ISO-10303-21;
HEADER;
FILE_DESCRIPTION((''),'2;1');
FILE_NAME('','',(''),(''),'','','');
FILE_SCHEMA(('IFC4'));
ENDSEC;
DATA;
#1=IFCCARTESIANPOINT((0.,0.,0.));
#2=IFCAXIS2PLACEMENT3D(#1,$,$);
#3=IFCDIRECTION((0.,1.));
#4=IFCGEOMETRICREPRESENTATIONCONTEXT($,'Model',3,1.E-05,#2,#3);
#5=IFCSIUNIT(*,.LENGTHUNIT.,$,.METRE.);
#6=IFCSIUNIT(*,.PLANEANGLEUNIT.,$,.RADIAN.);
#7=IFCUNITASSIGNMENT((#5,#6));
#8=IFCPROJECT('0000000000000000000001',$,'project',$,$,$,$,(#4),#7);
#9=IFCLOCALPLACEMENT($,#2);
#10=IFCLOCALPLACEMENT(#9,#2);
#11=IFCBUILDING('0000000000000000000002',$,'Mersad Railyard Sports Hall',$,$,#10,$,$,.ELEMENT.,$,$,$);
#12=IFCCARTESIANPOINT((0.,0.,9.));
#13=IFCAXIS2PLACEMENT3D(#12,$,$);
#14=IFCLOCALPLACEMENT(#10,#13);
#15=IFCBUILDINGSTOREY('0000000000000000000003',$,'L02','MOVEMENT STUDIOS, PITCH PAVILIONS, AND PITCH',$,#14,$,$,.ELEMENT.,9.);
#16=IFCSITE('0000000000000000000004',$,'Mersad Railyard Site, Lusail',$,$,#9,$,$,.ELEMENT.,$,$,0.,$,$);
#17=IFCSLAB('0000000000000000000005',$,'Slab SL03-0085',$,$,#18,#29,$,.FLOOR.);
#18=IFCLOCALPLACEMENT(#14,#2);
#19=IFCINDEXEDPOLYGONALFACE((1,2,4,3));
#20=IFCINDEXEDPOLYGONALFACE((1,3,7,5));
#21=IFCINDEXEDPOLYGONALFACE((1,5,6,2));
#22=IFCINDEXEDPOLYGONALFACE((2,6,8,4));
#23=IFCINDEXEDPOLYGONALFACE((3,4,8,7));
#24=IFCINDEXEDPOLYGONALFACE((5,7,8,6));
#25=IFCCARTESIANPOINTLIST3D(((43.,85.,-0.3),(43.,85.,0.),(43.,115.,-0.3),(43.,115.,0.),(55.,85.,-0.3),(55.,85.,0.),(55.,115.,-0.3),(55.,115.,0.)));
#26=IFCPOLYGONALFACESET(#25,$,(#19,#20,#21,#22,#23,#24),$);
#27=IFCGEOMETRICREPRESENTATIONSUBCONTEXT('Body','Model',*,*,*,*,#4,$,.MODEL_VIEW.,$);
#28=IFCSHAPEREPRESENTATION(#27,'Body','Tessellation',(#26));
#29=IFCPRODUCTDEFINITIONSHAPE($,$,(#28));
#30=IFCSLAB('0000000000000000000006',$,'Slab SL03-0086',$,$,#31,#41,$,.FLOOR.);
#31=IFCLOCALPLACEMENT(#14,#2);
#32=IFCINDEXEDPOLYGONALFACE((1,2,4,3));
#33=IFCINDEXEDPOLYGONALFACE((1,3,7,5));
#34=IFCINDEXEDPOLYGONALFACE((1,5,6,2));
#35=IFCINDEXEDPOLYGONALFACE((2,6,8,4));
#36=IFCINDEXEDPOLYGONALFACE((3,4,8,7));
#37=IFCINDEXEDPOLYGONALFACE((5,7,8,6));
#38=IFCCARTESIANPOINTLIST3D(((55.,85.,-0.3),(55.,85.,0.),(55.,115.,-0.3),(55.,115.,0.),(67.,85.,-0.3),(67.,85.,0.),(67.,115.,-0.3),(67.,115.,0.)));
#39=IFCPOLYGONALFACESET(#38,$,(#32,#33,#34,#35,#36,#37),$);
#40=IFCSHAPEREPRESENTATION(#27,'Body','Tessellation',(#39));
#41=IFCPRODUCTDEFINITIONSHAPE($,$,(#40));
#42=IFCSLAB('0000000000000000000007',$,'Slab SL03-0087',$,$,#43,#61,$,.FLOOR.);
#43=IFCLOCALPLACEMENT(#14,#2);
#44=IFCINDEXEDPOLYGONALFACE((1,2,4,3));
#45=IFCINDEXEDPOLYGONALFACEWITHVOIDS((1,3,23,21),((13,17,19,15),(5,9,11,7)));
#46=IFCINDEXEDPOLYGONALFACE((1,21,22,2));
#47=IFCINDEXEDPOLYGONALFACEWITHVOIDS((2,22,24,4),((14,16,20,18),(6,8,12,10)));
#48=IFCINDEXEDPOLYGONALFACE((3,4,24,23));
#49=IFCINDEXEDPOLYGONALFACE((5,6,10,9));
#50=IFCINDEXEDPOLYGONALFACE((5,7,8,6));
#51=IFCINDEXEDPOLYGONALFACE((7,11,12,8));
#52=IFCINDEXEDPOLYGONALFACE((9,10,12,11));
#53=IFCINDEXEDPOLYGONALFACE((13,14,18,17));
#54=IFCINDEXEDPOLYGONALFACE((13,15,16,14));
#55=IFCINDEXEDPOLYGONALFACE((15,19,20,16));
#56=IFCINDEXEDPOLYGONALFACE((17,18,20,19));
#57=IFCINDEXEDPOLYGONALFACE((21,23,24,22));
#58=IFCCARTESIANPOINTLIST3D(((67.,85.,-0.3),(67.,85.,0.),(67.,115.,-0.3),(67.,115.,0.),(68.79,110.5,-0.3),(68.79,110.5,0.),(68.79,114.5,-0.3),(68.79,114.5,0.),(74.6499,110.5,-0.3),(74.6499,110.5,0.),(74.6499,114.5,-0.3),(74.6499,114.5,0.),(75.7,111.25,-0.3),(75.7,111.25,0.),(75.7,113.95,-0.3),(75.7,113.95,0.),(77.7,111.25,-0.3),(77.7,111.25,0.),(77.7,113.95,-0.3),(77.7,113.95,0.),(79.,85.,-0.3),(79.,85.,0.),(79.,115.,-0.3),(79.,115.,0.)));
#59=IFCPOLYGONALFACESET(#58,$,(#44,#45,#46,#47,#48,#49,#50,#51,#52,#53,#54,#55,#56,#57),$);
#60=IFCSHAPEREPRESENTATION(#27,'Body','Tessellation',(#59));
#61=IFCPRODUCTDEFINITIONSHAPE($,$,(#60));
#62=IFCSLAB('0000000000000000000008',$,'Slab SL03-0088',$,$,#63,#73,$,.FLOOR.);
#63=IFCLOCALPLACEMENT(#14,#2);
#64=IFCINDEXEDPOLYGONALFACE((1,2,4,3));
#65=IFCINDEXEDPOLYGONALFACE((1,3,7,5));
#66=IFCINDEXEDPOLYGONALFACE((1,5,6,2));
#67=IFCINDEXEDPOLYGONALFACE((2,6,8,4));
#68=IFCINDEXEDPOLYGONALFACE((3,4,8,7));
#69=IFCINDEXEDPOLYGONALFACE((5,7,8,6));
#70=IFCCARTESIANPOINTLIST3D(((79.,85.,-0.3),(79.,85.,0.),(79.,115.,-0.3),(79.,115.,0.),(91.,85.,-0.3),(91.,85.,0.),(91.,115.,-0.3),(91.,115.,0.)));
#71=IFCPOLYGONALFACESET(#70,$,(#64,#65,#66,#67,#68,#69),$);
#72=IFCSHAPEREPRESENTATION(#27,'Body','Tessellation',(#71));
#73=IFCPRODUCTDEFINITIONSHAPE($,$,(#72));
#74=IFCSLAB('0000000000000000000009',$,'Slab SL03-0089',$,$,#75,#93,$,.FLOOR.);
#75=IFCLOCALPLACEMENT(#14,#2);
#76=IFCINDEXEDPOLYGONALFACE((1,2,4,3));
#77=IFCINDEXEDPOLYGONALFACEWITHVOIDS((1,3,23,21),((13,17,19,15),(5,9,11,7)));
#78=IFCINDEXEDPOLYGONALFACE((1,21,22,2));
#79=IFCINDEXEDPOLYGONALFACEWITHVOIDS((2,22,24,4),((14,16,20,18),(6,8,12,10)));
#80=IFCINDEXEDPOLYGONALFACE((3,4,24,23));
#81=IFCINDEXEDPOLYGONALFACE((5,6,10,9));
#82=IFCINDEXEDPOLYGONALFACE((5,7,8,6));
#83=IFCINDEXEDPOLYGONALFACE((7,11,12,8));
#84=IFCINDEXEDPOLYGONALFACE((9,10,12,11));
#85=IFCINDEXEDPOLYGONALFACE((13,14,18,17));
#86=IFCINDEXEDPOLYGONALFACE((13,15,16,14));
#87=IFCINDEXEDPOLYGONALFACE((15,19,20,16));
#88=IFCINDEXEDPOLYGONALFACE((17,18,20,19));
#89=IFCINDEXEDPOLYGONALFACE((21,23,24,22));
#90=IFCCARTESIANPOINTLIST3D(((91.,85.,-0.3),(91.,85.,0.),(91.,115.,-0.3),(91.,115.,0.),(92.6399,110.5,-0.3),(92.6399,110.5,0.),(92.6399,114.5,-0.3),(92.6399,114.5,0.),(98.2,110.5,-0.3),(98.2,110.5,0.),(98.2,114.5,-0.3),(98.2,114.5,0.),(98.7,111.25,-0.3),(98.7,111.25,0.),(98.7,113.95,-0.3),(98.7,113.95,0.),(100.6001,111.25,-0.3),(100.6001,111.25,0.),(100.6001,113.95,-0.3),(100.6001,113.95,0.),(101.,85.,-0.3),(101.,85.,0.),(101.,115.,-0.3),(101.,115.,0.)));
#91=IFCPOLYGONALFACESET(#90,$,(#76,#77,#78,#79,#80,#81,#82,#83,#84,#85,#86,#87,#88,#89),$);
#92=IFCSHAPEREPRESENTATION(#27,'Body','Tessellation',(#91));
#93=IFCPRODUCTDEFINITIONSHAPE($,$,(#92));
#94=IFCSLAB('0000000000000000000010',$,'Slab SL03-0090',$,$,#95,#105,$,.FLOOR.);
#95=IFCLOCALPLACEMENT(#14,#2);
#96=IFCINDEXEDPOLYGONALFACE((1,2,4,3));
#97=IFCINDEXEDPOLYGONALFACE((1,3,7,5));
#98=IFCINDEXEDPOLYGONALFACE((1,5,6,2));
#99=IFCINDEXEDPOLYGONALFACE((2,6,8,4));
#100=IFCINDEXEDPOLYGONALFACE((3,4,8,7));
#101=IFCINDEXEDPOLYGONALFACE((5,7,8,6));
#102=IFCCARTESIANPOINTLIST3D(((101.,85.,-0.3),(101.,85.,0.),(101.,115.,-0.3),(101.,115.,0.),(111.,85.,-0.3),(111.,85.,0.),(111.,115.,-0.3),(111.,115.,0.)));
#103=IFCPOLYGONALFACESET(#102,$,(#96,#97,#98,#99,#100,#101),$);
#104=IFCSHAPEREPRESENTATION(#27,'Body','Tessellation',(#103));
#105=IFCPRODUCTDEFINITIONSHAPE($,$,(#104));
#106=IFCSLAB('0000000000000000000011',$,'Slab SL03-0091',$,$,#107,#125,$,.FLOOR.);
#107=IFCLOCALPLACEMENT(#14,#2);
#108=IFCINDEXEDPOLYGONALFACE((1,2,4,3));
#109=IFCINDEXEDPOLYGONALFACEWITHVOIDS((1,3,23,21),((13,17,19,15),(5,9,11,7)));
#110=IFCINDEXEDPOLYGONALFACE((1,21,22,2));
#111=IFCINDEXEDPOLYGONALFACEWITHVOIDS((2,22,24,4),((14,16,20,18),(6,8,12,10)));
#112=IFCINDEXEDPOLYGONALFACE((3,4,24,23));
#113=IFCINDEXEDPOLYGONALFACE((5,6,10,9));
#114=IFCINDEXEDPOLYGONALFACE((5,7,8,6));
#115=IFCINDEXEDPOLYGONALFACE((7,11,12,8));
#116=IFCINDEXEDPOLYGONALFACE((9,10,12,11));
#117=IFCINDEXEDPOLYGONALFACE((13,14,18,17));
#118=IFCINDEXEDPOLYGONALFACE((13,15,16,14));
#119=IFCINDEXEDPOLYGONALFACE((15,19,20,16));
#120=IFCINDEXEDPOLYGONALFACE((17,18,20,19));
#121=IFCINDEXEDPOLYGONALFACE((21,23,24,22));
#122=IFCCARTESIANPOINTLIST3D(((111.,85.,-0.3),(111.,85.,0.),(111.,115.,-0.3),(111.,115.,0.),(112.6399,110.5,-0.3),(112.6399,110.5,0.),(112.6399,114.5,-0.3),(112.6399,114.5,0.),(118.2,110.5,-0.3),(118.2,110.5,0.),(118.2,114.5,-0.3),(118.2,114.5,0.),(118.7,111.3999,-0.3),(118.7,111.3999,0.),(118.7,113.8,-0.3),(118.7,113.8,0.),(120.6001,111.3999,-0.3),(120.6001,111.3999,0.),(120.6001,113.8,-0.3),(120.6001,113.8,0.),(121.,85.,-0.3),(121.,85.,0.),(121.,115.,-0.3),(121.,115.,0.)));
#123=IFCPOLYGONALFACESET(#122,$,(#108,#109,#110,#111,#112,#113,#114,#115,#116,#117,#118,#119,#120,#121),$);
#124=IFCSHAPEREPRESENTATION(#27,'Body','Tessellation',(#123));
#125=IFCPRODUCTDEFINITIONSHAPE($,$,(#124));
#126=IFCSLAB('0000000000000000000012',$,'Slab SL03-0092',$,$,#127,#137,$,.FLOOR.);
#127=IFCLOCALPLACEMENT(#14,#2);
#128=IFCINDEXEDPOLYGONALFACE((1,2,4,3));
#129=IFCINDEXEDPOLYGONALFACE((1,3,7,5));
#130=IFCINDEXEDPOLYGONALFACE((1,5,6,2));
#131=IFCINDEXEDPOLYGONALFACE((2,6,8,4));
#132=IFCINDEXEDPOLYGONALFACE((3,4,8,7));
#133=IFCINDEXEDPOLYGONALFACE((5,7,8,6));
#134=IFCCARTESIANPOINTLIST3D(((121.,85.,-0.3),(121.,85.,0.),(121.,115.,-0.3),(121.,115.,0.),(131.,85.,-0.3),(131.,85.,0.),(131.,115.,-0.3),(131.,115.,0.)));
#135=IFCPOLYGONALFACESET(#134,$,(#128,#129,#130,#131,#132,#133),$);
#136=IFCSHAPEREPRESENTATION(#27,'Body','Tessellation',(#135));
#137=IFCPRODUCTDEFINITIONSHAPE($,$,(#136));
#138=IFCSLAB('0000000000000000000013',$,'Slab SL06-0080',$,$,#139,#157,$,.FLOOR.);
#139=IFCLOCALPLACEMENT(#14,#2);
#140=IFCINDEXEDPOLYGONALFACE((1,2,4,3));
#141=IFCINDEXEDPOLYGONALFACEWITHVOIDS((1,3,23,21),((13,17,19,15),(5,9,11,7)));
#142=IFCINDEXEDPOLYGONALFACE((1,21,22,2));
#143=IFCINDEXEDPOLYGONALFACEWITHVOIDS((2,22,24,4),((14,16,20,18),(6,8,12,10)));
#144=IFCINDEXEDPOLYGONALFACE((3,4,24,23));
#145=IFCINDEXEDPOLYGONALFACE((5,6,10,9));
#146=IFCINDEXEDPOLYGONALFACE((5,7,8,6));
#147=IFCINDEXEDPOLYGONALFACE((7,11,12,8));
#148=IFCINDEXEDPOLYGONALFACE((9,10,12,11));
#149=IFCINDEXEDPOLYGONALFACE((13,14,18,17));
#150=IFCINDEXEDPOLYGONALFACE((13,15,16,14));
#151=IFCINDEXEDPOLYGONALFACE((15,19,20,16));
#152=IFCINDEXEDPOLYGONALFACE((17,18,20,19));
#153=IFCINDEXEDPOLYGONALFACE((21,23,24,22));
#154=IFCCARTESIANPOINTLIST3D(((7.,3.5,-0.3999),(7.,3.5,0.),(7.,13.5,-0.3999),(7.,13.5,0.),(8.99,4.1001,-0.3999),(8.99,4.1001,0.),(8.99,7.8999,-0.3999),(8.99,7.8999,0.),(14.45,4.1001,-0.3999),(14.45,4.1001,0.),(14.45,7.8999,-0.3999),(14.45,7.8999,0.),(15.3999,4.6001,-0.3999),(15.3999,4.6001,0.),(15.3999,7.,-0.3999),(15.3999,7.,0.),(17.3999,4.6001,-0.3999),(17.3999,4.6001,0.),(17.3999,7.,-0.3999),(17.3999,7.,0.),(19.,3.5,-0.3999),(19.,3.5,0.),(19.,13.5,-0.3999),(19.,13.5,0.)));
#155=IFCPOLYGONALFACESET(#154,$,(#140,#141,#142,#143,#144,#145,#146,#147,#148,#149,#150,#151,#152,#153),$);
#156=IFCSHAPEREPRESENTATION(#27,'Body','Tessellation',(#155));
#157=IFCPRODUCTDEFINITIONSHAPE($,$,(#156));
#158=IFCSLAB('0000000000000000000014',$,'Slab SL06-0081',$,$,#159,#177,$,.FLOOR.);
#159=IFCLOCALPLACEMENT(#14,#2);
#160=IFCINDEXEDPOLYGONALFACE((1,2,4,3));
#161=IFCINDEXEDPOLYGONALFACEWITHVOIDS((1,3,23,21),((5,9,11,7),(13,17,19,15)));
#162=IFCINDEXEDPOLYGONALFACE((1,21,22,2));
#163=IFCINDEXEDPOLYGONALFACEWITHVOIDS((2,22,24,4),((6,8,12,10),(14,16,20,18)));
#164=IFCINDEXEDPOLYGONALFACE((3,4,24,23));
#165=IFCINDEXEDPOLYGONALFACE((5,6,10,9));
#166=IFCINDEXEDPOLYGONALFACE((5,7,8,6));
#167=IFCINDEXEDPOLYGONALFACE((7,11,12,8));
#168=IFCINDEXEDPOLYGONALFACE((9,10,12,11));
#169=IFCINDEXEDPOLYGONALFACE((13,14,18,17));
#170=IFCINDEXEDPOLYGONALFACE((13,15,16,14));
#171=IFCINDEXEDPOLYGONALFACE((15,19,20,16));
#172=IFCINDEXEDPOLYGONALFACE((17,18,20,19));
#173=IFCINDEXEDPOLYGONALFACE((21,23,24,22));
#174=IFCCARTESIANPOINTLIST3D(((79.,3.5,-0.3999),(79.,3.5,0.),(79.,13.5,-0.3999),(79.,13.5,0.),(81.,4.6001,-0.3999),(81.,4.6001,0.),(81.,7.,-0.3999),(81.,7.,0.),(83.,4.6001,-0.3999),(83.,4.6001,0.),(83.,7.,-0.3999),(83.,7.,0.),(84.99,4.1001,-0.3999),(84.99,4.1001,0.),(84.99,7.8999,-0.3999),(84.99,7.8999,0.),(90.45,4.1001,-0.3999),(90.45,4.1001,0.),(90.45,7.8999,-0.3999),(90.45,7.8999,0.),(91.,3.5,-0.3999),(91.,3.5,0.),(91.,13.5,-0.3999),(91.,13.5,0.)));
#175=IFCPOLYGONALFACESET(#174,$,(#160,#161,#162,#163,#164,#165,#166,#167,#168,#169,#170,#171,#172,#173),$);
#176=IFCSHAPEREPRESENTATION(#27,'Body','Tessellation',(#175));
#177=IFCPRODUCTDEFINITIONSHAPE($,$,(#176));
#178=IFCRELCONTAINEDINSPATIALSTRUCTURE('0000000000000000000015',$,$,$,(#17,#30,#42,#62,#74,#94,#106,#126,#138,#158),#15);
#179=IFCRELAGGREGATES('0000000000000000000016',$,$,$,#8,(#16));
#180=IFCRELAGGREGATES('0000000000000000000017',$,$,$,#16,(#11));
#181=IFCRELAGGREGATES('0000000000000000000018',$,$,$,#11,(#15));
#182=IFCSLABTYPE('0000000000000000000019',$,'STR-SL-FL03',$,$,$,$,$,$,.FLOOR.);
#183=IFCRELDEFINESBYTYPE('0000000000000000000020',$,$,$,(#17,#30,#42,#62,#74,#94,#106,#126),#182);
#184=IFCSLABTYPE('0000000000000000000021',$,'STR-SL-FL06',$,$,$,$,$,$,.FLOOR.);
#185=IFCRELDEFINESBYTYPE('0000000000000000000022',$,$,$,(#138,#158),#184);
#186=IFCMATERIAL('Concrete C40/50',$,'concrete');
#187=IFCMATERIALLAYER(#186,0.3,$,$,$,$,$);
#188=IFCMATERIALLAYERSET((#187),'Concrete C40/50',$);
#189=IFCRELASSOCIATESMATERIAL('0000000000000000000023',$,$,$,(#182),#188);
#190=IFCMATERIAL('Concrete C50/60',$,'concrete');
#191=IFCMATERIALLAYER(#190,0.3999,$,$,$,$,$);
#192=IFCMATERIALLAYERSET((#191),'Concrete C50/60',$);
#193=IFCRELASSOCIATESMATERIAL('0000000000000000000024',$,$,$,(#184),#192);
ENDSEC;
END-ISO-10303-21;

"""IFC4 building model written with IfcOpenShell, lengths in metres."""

from ifc_helpers import new_model, si_unit, direction, frame, origin, place, context, subcontext, project, spatial, polyline, outline, extrude, material, layer, layer_set, type_object, element, save


model = new_model("IFC4")

# Units and contexts
model_context = context("Model", 3, precision=1e-05, world=origin(), true_north=direction((0.0, 1.0)))
body_context = subcontext(model_context, "Body", "Model", "MODEL_VIEW")
ifc_project = project(units=[si_unit("LENGTHUNIT", "METRE"), si_unit("PLANEANGLEUNIT", "RADIAN")], contexts=[model_context])

# Site, building, storey
site_placement = place(None, origin())
site = spatial("IfcSite", under=ifc_project, at=site_placement, Name="Mersad Railyard Site, Lusail", CompositionType="ELEMENT", RefElevation=0.0)
building_placement = place(site_placement, origin())
building = spatial("IfcBuilding", under=site, at=building_placement, Name="Mersad Railyard Sports Hall", CompositionType="ELEMENT")
storey_placement = place(building_placement, frame((0.0, 0.0, 9.0)))
storey = spatial("IfcBuildingStorey", under=building, at=storey_placement, Name="L02", Description="MOVEMENT STUDIOS, PITCH PAVILIONS, AND PITCH", CompositionType="ELEMENT", Elevation=9.0)

# Slabs
ifc_material_1 = material(Name="Concrete C40/50", Category="concrete")
ifc_layer_1 = layer(ifc_material_1, 0.3)
ifc_layer_set_1 = layer_set([ifc_layer_1], Name="Concrete C40/50")
slab_type_1 = type_object("IfcSlabType", Name="STR-SL-FL03", PredefinedType="FLOOR", material=ifc_layer_set_1)
slab_1_placement = place(storey_placement, frame((0.0, 0.0, -0.3)))
element("IfcSlab", 1, at=slab_1_placement, inside=storey, type_object=slab_type_1, Name="Slab SL03-0085", PredefinedType="FLOOR", context=body_context, shape_type="SweptSolid", body=[
    extrude(outline(polyline([(43.0, 85.0), (55.0, 85.0), (55.0, 115.0), (43.0, 115.0), (43.0, 85.0)])), origin(), (0.0, 0.0, 1.0), 0.3),
])
slab_2_placement = place(storey_placement, frame((0.0, 0.0, -0.3)))
element("IfcSlab", 2, at=slab_2_placement, inside=storey, type_object=slab_type_1, Name="Slab SL03-0086", PredefinedType="FLOOR", context=body_context, shape_type="SweptSolid", body=[
    extrude(outline(polyline([(55.0, 85.0), (67.0, 85.0), (67.0, 115.0), (55.0, 115.0), (55.0, 85.0)])), origin(), (0.0, 0.0, 1.0), 0.3),
])
slab_3_placement = place(storey_placement, frame((0.0, 0.0, -0.3)))
element("IfcSlab", 3, at=slab_3_placement, inside=storey, type_object=slab_type_1, Name="Slab SL03-0087", PredefinedType="FLOOR", context=body_context, shape_type="SweptSolid", body=[
    extrude(outline(polyline([(67.0, 85.0), (79.0, 85.0), (79.0, 115.0), (67.0, 115.0), (67.0, 85.0)]), holes=[polyline([(68.79, 110.5), (74.6499, 110.5), (74.6499, 114.5), (68.79, 114.5), (68.79, 110.5)]), polyline([(75.7, 111.25), (77.7, 111.25), (77.7, 113.95), (75.7, 113.95), (75.7, 111.25)])]), origin(), (0.0, 0.0, 1.0), 0.3),
])
slab_4_placement = place(storey_placement, frame((0.0, 0.0, -0.3)))
element("IfcSlab", 4, at=slab_4_placement, inside=storey, type_object=slab_type_1, Name="Slab SL03-0088", PredefinedType="FLOOR", context=body_context, shape_type="SweptSolid", body=[
    extrude(outline(polyline([(79.0, 85.0), (91.0, 85.0), (91.0, 115.0), (79.0, 115.0), (79.0, 85.0)])), origin(), (0.0, 0.0, 1.0), 0.3),
])
slab_5_placement = place(storey_placement, frame((0.0, 0.0, -0.3)))
element("IfcSlab", 5, at=slab_5_placement, inside=storey, type_object=slab_type_1, Name="Slab SL03-0089", PredefinedType="FLOOR", context=body_context, shape_type="SweptSolid", body=[
    extrude(outline(polyline([(91.0, 85.0), (101.0, 85.0), (101.0, 115.0), (91.0, 115.0), (91.0, 85.0)]), holes=[polyline([(92.6399, 110.5), (98.2, 110.5), (98.2, 114.5), (92.6399, 114.5), (92.6399, 110.5)]), polyline([(98.7, 111.25), (100.6001, 111.25), (100.6001, 113.95), (98.7, 113.95), (98.7, 111.25)])]), origin(), (0.0, 0.0, 1.0), 0.3),
])
slab_6_placement = place(storey_placement, frame((0.0, 0.0, -0.3)))
element("IfcSlab", 6, at=slab_6_placement, inside=storey, type_object=slab_type_1, Name="Slab SL03-0090", PredefinedType="FLOOR", context=body_context, shape_type="SweptSolid", body=[
    extrude(outline(polyline([(101.0, 85.0), (111.0, 85.0), (111.0, 115.0), (101.0, 115.0), (101.0, 85.0)])), origin(), (0.0, 0.0, 1.0), 0.3),
])
slab_7_placement = place(storey_placement, frame((0.0, 0.0, -0.3)))
element("IfcSlab", 7, at=slab_7_placement, inside=storey, type_object=slab_type_1, Name="Slab SL03-0091", PredefinedType="FLOOR", context=body_context, shape_type="SweptSolid", body=[
    extrude(outline(polyline([(111.0, 85.0), (121.0, 85.0), (121.0, 115.0), (111.0, 115.0), (111.0, 85.0)]), holes=[polyline([(112.6399, 110.5), (118.2, 110.5), (118.2, 114.5), (112.6399, 114.5), (112.6399, 110.5)]), polyline([(118.7, 111.3999), (120.6001, 111.3999), (120.6001, 113.8), (118.7, 113.8), (118.7, 111.3999)])]), origin(), (0.0, 0.0, 1.0), 0.3),
])
slab_8_placement = place(storey_placement, frame((0.0, 0.0, -0.3)))
element("IfcSlab", 8, at=slab_8_placement, inside=storey, type_object=slab_type_1, Name="Slab SL03-0092", PredefinedType="FLOOR", context=body_context, shape_type="SweptSolid", body=[
    extrude(outline(polyline([(121.0, 85.0), (131.0, 85.0), (131.0, 115.0), (121.0, 115.0), (121.0, 85.0)])), origin(), (0.0, 0.0, 1.0), 0.3),
])
ifc_material_2 = material(Name="Concrete C50/60", Category="concrete")
ifc_layer_2 = layer(ifc_material_2, 0.3999)
ifc_layer_set_2 = layer_set([ifc_layer_2], Name="Concrete C50/60")
slab_type_2 = type_object("IfcSlabType", Name="STR-SL-FL06", PredefinedType="FLOOR", material=ifc_layer_set_2)
slab_9_placement = place(storey_placement, frame((0.0, 0.0, -0.3999)))
element("IfcSlab", 9, at=slab_9_placement, inside=storey, type_object=slab_type_2, Name="Slab SL06-0080", PredefinedType="FLOOR", context=body_context, shape_type="SweptSolid", body=[
    extrude(outline(polyline([(7.0, 3.5), (19.0, 3.5), (19.0, 13.5), (7.0, 13.5), (7.0, 3.5)]), holes=[polyline([(8.99, 4.1001), (14.45, 4.1001), (14.45, 7.8999), (8.99, 7.8999), (8.99, 4.1001)]), polyline([(15.3999, 4.6001), (17.3999, 4.6001), (17.3999, 7.0), (15.3999, 7.0), (15.3999, 4.6001)])]), origin(), (0.0, 0.0, 1.0), 0.3999),
])
slab_10_placement = place(storey_placement, frame((0.0, 0.0, -0.3999)))
element("IfcSlab", 10, at=slab_10_placement, inside=storey, type_object=slab_type_2, Name="Slab SL06-0081", PredefinedType="FLOOR", context=body_context, shape_type="SweptSolid", body=[
    extrude(outline(polyline([(79.0, 3.5), (91.0, 3.5), (91.0, 13.5), (79.0, 13.5), (79.0, 3.5)]), holes=[polyline([(84.99, 4.1001), (90.45, 4.1001), (90.45, 7.8999), (84.99, 7.8999), (84.99, 4.1001)]), polyline([(81.0, 4.6001), (83.0, 4.6001), (83.0, 7.0), (81.0, 7.0), (81.0, 4.6001)])]), origin(), (0.0, 0.0, 1.0), 0.3999),
])

save(model, "model.ifc")
